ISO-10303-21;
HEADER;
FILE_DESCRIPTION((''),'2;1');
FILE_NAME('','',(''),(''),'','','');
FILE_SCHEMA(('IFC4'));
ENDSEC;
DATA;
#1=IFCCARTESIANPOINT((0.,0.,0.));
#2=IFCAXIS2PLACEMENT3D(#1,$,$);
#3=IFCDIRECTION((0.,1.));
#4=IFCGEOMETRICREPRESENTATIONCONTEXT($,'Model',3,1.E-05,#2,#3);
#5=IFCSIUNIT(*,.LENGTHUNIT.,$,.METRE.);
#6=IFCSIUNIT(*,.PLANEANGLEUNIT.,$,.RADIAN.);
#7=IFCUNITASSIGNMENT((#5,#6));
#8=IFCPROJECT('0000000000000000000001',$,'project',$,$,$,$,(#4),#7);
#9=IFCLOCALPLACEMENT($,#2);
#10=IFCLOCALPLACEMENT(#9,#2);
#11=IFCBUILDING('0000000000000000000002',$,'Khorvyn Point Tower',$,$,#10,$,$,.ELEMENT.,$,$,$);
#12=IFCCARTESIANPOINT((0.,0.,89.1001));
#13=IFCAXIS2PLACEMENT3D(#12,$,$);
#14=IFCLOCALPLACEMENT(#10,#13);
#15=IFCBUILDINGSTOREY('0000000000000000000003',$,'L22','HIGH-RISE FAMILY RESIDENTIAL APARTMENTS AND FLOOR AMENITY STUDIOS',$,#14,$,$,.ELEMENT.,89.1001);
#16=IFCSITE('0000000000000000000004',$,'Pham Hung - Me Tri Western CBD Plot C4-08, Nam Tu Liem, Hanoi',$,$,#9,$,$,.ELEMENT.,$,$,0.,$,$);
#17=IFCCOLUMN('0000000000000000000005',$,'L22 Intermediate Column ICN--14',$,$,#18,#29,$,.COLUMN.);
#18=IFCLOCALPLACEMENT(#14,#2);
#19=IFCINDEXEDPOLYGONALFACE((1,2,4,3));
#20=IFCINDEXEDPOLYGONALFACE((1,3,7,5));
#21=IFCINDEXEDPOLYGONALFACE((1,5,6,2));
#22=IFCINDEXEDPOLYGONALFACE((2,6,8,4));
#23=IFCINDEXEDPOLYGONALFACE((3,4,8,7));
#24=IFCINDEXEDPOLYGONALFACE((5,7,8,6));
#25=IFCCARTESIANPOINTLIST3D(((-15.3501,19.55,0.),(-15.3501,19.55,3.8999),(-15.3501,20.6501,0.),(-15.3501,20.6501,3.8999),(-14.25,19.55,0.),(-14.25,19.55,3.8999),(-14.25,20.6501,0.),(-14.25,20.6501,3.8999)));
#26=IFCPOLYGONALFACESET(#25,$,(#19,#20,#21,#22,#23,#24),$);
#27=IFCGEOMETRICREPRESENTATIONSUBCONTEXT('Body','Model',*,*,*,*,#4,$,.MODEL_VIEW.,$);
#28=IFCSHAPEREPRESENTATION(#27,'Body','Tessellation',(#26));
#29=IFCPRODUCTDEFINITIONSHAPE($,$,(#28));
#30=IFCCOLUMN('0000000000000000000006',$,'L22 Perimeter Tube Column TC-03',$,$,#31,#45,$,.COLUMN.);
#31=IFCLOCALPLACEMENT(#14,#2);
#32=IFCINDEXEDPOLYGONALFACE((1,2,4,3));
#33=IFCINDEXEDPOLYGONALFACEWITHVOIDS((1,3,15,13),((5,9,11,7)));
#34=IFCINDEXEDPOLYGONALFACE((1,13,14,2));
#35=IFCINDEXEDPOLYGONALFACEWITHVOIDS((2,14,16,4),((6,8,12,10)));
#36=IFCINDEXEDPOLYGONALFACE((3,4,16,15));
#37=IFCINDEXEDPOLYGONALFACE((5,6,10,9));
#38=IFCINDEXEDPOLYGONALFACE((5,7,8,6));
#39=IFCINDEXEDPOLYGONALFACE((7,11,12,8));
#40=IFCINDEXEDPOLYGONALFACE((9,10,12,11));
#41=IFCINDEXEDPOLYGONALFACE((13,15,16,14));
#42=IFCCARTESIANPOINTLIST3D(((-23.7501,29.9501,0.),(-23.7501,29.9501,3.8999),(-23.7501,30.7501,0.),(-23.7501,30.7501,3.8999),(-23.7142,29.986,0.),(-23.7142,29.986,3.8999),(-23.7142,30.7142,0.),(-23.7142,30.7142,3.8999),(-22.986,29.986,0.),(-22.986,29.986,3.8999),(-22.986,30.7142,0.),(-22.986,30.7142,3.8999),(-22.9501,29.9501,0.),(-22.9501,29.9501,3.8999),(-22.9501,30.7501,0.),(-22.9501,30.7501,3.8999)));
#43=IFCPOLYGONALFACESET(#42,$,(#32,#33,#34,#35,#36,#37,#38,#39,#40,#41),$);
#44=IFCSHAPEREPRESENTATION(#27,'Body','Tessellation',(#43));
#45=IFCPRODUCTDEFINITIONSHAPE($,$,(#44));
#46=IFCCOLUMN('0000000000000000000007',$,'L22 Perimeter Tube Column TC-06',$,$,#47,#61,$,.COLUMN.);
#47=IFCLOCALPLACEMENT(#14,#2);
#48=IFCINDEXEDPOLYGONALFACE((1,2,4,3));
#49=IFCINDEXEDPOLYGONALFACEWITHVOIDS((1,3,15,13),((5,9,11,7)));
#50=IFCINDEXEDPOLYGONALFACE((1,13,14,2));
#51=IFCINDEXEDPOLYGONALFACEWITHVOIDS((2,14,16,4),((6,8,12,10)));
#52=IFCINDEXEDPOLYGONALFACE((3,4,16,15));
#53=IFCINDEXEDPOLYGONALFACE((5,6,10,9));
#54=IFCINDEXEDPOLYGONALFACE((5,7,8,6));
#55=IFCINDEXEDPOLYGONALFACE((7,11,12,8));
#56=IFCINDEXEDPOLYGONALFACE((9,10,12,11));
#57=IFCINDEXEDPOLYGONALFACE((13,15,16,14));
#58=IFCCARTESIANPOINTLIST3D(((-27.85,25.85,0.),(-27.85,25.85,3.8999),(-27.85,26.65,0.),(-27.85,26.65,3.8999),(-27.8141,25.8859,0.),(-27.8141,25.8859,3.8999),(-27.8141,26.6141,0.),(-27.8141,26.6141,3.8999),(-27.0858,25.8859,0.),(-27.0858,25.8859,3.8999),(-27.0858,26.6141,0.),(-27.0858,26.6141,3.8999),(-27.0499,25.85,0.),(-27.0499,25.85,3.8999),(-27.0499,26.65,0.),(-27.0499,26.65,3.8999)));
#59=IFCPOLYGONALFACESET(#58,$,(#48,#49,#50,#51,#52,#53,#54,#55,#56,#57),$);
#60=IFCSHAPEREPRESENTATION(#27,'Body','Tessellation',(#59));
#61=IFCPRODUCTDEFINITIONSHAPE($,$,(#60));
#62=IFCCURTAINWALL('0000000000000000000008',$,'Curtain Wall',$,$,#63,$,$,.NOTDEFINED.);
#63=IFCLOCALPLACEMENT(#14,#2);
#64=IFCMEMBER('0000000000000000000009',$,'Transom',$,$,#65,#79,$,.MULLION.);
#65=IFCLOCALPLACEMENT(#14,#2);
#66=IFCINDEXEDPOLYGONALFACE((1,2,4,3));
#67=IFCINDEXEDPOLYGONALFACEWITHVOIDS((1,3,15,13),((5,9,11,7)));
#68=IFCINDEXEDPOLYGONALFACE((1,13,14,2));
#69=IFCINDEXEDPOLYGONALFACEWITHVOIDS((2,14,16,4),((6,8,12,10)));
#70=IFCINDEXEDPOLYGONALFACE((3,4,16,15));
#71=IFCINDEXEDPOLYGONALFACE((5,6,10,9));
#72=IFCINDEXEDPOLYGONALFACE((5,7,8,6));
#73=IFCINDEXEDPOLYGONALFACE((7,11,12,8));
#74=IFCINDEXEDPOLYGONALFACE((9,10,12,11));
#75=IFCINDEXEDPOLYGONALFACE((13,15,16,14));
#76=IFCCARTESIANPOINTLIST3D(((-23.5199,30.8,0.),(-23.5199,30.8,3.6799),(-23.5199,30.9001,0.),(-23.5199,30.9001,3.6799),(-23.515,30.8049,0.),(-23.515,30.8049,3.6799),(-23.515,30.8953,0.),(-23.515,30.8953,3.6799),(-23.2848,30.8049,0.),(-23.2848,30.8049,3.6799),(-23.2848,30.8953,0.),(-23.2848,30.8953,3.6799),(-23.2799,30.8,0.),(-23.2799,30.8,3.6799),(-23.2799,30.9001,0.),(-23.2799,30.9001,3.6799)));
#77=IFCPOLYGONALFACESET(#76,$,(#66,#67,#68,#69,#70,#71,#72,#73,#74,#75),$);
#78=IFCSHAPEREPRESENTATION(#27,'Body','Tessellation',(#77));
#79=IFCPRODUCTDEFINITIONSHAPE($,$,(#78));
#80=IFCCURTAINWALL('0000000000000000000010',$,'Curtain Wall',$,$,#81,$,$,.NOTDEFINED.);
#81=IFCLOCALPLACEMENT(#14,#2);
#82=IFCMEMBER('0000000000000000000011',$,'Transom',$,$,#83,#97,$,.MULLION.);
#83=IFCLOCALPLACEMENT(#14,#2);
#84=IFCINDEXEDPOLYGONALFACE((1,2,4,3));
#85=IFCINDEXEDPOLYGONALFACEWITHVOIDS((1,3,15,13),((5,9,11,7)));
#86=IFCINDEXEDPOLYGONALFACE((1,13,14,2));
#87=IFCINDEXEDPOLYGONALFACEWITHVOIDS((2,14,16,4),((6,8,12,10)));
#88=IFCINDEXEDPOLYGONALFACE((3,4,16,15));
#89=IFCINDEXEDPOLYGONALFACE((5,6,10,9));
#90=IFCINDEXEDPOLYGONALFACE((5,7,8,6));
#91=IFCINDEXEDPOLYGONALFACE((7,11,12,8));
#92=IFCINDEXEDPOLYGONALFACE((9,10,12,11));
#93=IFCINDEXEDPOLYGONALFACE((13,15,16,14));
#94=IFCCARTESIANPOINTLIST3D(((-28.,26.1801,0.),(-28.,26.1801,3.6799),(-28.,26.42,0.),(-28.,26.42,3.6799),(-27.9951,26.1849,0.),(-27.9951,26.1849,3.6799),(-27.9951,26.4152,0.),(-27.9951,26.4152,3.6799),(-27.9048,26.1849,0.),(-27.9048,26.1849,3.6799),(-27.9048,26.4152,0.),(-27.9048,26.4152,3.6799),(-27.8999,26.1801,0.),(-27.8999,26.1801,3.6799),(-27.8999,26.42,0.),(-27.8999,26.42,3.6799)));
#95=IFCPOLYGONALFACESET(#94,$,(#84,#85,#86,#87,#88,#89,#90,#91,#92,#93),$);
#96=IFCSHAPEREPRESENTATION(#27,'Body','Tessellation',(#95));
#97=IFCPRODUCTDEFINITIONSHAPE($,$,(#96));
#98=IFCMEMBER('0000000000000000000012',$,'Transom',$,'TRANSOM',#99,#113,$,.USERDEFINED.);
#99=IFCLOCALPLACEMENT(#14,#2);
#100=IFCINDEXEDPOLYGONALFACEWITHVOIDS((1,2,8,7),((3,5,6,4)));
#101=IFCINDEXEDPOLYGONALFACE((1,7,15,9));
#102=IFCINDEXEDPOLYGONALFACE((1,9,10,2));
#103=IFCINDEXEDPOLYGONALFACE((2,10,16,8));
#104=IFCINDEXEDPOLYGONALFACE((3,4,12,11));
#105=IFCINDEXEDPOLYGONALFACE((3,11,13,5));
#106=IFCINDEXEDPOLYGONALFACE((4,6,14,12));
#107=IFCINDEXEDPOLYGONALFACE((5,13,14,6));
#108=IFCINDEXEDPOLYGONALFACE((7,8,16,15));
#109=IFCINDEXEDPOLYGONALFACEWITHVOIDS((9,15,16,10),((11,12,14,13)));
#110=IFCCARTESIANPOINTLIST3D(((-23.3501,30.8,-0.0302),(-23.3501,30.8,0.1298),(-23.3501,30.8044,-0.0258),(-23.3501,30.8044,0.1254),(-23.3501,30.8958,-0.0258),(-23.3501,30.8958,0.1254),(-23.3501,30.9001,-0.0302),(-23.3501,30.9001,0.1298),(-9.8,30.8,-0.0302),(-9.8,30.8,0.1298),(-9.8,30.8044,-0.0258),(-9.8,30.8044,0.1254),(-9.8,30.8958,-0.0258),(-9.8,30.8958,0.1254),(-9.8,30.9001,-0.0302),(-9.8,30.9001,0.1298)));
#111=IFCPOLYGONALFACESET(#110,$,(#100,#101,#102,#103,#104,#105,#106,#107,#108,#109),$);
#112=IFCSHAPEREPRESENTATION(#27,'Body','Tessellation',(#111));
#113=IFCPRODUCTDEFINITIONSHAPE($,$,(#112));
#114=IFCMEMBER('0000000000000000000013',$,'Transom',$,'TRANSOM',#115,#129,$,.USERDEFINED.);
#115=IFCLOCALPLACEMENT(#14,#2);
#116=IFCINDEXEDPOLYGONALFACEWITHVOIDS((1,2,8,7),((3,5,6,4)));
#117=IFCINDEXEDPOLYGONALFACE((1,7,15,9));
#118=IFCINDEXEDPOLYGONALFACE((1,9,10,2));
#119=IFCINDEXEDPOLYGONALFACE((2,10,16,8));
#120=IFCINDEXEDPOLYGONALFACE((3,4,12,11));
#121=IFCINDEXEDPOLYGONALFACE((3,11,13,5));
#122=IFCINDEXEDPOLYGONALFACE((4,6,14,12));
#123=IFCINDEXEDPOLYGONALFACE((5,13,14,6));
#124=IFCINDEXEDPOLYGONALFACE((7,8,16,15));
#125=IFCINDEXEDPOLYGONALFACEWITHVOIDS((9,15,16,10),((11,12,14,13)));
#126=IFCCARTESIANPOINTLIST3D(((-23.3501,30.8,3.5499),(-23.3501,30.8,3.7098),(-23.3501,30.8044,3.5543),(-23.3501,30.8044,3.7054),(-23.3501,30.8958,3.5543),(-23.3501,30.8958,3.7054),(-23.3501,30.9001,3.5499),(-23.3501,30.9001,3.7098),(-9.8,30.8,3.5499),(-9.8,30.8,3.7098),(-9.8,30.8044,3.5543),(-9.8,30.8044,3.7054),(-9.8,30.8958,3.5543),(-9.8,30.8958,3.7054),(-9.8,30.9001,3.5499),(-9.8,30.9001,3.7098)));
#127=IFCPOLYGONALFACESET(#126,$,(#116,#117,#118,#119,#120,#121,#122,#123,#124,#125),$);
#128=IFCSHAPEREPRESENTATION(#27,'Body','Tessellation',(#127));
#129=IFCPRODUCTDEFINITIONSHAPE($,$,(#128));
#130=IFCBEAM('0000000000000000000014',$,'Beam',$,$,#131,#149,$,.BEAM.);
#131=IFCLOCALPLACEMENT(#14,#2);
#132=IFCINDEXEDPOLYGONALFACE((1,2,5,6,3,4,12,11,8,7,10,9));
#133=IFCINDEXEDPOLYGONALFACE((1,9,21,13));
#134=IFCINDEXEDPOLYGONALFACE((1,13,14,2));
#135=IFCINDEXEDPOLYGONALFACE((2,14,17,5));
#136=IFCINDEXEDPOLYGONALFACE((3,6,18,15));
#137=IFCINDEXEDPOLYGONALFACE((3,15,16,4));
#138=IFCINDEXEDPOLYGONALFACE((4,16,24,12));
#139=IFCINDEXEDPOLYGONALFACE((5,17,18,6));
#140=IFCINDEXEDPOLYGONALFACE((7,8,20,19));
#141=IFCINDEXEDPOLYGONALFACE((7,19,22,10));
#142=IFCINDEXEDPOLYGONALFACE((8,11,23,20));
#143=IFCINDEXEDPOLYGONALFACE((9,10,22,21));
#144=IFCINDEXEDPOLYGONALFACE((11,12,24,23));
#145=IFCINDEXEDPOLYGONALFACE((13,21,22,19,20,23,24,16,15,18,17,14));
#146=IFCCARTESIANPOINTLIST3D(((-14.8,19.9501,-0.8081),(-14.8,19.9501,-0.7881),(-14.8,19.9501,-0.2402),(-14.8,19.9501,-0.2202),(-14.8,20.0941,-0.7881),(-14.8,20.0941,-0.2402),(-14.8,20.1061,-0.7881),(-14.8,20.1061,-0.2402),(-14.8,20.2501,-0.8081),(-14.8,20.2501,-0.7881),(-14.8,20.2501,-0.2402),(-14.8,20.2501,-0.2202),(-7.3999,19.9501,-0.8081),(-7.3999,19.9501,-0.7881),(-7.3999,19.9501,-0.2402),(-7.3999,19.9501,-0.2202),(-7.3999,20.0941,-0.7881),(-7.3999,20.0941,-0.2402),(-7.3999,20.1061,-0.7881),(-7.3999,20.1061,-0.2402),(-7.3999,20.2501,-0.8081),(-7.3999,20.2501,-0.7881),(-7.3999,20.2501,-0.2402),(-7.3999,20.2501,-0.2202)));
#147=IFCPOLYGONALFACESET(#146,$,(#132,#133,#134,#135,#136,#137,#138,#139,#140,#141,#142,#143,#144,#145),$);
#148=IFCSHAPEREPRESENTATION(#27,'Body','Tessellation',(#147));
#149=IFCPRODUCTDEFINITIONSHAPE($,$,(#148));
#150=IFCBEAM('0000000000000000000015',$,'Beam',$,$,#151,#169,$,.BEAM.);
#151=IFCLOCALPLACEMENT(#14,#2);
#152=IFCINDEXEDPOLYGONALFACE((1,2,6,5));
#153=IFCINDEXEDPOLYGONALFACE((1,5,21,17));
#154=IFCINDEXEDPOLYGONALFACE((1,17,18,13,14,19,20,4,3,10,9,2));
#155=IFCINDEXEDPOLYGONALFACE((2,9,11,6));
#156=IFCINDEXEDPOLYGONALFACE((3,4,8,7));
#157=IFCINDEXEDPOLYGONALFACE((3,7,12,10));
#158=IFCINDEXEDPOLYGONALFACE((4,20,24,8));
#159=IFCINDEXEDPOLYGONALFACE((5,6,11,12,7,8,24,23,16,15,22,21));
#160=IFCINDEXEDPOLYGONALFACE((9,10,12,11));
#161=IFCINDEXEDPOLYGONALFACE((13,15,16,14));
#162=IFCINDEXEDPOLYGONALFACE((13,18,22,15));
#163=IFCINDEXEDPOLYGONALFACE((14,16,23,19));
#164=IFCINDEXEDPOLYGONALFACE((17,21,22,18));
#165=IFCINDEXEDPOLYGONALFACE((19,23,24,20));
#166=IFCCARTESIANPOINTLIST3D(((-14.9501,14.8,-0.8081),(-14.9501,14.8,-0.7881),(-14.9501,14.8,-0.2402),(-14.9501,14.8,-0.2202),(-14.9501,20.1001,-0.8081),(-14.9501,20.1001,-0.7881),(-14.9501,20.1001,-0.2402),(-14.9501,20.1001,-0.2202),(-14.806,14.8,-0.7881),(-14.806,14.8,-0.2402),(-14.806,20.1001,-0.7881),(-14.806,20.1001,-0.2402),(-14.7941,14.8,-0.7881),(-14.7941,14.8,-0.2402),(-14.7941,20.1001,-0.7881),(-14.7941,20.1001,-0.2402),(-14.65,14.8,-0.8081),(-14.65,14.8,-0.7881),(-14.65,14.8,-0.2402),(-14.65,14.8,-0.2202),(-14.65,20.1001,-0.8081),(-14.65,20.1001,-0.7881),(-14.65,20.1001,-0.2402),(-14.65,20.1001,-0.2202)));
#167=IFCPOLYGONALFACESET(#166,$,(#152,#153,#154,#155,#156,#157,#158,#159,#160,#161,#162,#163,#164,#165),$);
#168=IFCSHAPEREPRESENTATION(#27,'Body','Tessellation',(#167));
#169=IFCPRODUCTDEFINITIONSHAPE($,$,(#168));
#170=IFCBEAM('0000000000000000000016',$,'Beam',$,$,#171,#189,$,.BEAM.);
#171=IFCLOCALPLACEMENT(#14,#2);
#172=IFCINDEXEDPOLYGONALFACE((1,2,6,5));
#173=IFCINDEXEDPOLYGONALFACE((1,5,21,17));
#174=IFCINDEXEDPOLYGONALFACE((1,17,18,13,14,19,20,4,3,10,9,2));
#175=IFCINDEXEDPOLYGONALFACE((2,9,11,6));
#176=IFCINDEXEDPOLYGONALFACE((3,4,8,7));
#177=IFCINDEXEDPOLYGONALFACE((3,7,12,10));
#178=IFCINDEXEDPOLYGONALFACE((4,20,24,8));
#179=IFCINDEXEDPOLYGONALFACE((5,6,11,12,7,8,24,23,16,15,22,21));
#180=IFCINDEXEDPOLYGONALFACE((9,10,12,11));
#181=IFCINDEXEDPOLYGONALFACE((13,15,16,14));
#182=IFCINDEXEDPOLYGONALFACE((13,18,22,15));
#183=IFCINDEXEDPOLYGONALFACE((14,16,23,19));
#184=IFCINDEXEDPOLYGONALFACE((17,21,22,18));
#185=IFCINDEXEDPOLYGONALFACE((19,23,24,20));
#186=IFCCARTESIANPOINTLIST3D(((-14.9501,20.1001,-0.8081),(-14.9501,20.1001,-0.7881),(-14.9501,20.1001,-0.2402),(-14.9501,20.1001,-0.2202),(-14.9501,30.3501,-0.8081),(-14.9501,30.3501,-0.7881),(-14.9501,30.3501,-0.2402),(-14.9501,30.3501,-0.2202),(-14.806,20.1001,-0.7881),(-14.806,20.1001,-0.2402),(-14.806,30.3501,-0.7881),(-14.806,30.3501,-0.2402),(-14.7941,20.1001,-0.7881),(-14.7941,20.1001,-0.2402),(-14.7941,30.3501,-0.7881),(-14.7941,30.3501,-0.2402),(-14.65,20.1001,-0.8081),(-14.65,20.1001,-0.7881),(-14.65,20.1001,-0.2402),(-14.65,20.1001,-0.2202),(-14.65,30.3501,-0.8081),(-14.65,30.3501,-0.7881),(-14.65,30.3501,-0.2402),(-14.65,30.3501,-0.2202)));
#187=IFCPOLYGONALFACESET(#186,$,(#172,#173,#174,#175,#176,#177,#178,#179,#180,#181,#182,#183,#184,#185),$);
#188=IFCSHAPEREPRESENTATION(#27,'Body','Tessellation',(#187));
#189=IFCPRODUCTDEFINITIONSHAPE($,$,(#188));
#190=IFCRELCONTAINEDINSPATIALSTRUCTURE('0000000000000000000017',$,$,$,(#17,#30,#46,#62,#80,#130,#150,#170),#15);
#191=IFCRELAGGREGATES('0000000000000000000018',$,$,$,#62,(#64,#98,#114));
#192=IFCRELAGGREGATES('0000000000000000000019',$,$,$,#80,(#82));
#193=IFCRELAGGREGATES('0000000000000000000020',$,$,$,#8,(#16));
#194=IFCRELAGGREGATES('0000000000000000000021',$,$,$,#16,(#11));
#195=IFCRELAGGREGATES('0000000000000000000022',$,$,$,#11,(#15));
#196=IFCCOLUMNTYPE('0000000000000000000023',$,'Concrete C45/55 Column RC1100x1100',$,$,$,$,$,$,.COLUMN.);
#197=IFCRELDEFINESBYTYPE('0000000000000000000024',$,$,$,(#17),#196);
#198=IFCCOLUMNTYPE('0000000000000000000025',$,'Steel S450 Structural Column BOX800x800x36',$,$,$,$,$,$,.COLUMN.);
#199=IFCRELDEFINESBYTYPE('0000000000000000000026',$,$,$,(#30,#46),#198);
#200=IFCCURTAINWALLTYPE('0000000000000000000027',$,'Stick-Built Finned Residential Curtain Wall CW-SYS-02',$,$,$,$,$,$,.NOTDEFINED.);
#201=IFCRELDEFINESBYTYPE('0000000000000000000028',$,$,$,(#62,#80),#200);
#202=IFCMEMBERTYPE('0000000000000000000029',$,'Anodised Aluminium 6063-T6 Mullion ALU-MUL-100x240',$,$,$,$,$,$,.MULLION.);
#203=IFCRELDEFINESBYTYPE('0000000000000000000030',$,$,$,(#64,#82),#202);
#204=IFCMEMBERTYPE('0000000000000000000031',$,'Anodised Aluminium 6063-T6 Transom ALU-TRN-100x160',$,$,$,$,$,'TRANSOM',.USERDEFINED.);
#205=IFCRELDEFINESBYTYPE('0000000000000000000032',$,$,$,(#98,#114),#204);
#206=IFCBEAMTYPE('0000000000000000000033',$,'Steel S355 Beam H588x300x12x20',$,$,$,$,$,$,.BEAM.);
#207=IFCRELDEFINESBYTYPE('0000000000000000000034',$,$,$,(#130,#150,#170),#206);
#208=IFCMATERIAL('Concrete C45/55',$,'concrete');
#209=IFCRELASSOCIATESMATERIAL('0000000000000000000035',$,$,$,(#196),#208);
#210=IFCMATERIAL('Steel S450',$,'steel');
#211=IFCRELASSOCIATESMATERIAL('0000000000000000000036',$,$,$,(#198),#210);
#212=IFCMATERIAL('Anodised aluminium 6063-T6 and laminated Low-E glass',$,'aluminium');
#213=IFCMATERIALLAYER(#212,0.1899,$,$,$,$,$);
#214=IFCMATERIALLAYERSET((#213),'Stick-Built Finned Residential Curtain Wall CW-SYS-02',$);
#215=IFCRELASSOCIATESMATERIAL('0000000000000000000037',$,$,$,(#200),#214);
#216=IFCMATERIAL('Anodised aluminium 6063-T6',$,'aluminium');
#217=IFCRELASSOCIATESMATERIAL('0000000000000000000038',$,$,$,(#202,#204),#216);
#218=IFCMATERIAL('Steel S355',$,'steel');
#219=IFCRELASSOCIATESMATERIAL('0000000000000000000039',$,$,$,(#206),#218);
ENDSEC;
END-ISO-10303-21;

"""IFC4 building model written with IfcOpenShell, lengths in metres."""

from ifc_helpers import new_model, si_unit, direction, frame, origin, origin_2d, place, context, subcontext, project, spatial, rectangle, hollow_rectangle, i_section, extrude, material, layer, layer_set, material_profile, profile_set, type_object, element, aggregate, save


model = new_model("IFC4")

# Units and contexts
model_context = context("Model", 3, precision=1e-05, world=origin(), true_north=direction((0.0, 1.0)))
body_context = subcontext(model_context, "Body", "Model", "MODEL_VIEW")
ifc_project = project(units=[si_unit("LENGTHUNIT", "METRE"), si_unit("PLANEANGLEUNIT", "RADIAN")], contexts=[model_context])

# Site, building, storey
site_placement = place(None, origin())
site = spatial("IfcSite", under=ifc_project, at=site_placement, Name="Pham Hung - Me Tri Western CBD Plot C4-08, Nam Tu Liem, Hanoi", CompositionType="ELEMENT", RefElevation=0.0)
building_placement = place(site_placement, origin())
building = spatial("IfcBuilding", under=site, at=building_placement, Name="Khorvyn Point Tower", CompositionType="ELEMENT")
storey_placement = place(building_placement, frame((0.0, 0.0, 89.1001)))
storey = spatial("IfcBuildingStorey", under=building, at=storey_placement, Name="L22", Description="HIGH-RISE FAMILY RESIDENTIAL APARTMENTS AND FLOOR AMENITY STUDIOS", CompositionType="ELEMENT", Elevation=89.1001)

# Columns
ifc_material_1 = material(Name="Concrete C45/55", Category="concrete")
ifc_material_profile_1 = material_profile(ifc_material_1, rectangle(XDim=1.1001, YDim=1.1001, at=origin_2d()))
ifc_profile_set_1 = profile_set([ifc_material_profile_1], Name="Concrete C45/55 RC1100x1100")
column_type_1 = type_object("IfcColumnType", Name="Concrete C45/55 Column RC1100x1100", PredefinedType="COLUMN", material=ifc_profile_set_1)
column_placement = place(storey_placement, frame((-14.8, 20.1001, 0.0), z_axis=(0.0, 0.0, 1.0), x_axis=(1.0, 0.0, 0.0)))
element("IfcColumn", 1, at=column_placement, inside=storey, type_object=column_type_1, Name="L22 Intermediate Column ICN--14", PredefinedType="COLUMN", context=body_context, shape_type="SweptSolid", body=[
    extrude(rectangle(XDim=1.1001, YDim=1.1001, at=origin_2d()), origin(), (0.0, 0.0, 1.0), 3.8999),
])
ifc_material_2 = material(Name="Steel S450", Category="steel")
ifc_material_profile_2 = material_profile(ifc_material_2, hollow_rectangle(XDim=0.8, YDim=0.8, WallThickness=0.0359, at=origin_2d()))
ifc_profile_set_2 = profile_set([ifc_material_profile_2], Name="Steel S450 BOX800x800x36")
column_type_2 = type_object("IfcColumnType", Name="Steel S450 Structural Column BOX800x800x36", PredefinedType="COLUMN", material=ifc_profile_set_2)
for number, where, z_axis, x_axis, name in (
    (2, (-23.3501, 30.3501, 0.0), (0.0, 0.0, 1.0), (1.0, 0.0, 0.0), "L22 Perimeter Tube Column TC-03"),
    (3, (-27.45, 26.25, 0.0), (0.0, 0.0, 1.0), (1.0, 0.0, 0.0), "L22 Perimeter Tube Column TC-06"),
):
    element("IfcColumn", number, at=place(storey_placement, frame(where, z_axis=z_axis, x_axis=x_axis)), inside=storey, type_object=column_type_2, Name=name, PredefinedType="COLUMN", context=body_context, shape_type="SweptSolid", body=[
        extrude(hollow_rectangle(XDim=0.8, YDim=0.8, WallThickness=0.0359, at=origin_2d()), origin(), (0.0, 0.0, 1.0), 3.8999),
    ])

# Curtain walls, members
ifc_material_3 = material(Name="Anodised aluminium 6063-T6 and laminated Low-E glass", Category="aluminium")
ifc_layer_1 = layer(ifc_material_3, 0.1899)
ifc_layer_set_1 = layer_set([ifc_layer_1], Name="Stick-Built Finned Residential Curtain Wall CW-SYS-02")
curtain_wall_type = type_object("IfcCurtainWallType", Name="Stick-Built Finned Residential Curtain Wall CW-SYS-02", PredefinedType="NOTDEFINED", material=ifc_layer_set_1)
curtain_wall_1_placement = place(storey_placement, origin())
curtain_wall_1 = element("IfcCurtainWall", 4, at=curtain_wall_1_placement, inside=storey, type_object=curtain_wall_type, Name="Curtain Wall", PredefinedType="NOTDEFINED")
ifc_material_4 = material(Name="Anodised aluminium 6063-T6", Category="aluminium")
ifc_material_profile_3 = material_profile(ifc_material_4, hollow_rectangle(XDim=0.1001, YDim=0.24, WallThickness=0.0049, at=origin_2d()))
ifc_profile_set_3 = profile_set([ifc_material_profile_3], Name="Anodised aluminium 6063-T6 ALU-MUL-100x240")
member_type_1 = type_object("IfcMemberType", Name="Anodised Aluminium 6063-T6 Mullion ALU-MUL-100x240", PredefinedType="MULLION", material=ifc_profile_set_3)
member_1_placement = place(storey_placement, frame((-23.3999, 30.8501, 0.0), z_axis=(0.0, 0.0, 1.0), x_axis=(0.0, 1.0, 0.0)))
member_1 = element("IfcMember", 5, at=member_1_placement, type_object=member_type_1, Name="Transom", PredefinedType="MULLION", context=body_context, shape_type="SweptSolid", body=[
    extrude(hollow_rectangle(XDim=0.1001, YDim=0.24, WallThickness=0.0049, at=origin_2d()), origin(), (0.0, 0.0, 1.0), 3.6799),
])
curtain_wall_2_placement = place(storey_placement, origin())
curtain_wall_2 = element("IfcCurtainWall", 6, at=curtain_wall_2_placement, inside=storey, type_object=curtain_wall_type, Name="Curtain Wall", PredefinedType="NOTDEFINED")
member_2_placement = place(storey_placement, frame((-27.95, 26.3, 0.0), z_axis=(0.0, 0.0, 1.0), x_axis=(-1.0, 0.0, 0.0)))
member_2 = element("IfcMember", 7, at=member_2_placement, type_object=member_type_1, Name="Transom", PredefinedType="MULLION", context=body_context, shape_type="SweptSolid", body=[
    extrude(hollow_rectangle(XDim=0.1001, YDim=0.24, WallThickness=0.0049, at=origin_2d()), origin(), (0.0, 0.0, 1.0), 3.6799),
])

# Members
ifc_material_profile_4 = material_profile(ifc_material_4, hollow_rectangle(XDim=0.1001, YDim=0.1599, WallThickness=0.0044, at=origin_2d()))
ifc_profile_set_4 = profile_set([ifc_material_profile_4], Name="Anodised aluminium 6063-T6 ALU-TRN-100x160")
member_type_2 = type_object("IfcMemberType", Name="Anodised Aluminium 6063-T6 Transom ALU-TRN-100x160", ElementType="TRANSOM", PredefinedType="USERDEFINED", material=ifc_profile_set_4)
member_3_placement = place(storey_placement, frame((-23.3501, 30.8501, 0.0498), z_axis=(1.0, 0.0, 0.0), x_axis=(0.0, 1.0, 0.0)))
member_3 = element("IfcMember", 8, at=member_3_placement, type_object=member_type_2, Name="Transom", ObjectType="TRANSOM", PredefinedType="USERDEFINED", context=body_context, shape_type="SweptSolid", body=[
    extrude(hollow_rectangle(XDim=0.1001, YDim=0.1599, WallThickness=0.0044, at=origin_2d()), origin(), (0.0, 0.0, 1.0), 13.55),
])
member_4_placement = place(storey_placement, frame((-23.3501, 30.8501, 3.6299), z_axis=(1.0, 0.0, 0.0), x_axis=(0.0, 1.0, 0.0)))
member_4 = element("IfcMember", 9, at=member_4_placement, type_object=member_type_2, Name="Transom", ObjectType="TRANSOM", PredefinedType="USERDEFINED", context=body_context, shape_type="SweptSolid", body=[
    extrude(hollow_rectangle(XDim=0.1001, YDim=0.1599, WallThickness=0.0044, at=origin_2d()), origin(), (0.0, 0.0, 1.0), 13.55),
])

# Beams
ifc_material_5 = material(Name="Steel S355", Category="steel")
ifc_material_profile_5 = material_profile(ifc_material_5, i_section(OverallWidth=0.3, OverallDepth=0.5879, WebThickness=0.012, FlangeThickness=0.02, at=origin_2d()))
ifc_profile_set_5 = profile_set([ifc_material_profile_5], Name="Steel S355 H588x300x12x20")
beam_type_1 = type_object("IfcBeamType", Name="Steel S355 Beam H588x300x12x20", PredefinedType="BEAM", material=ifc_profile_set_5)
beam_1_placement = place(storey_placement, frame((-14.8, 20.1001, -0.5142), z_axis=(1.0, 0.0, 0.0), x_axis=(0.0, 1.0, 0.0)))
element("IfcBeam", 10, at=beam_1_placement, inside=storey, type_object=beam_type_1, Name="Beam", PredefinedType="BEAM", context=body_context, shape_type="SweptSolid", body=[
    extrude(i_section(OverallWidth=0.3, OverallDepth=0.5879, WebThickness=0.012, FlangeThickness=0.02, at=origin_2d()), origin(), (0.0, 0.0, 1.0), 7.4001),
])
beam_2_placement = place(storey_placement, frame((-14.8, 14.8, -0.5142), z_axis=(0.0, 1.0, 0.0), x_axis=(-1.0, 0.0, 0.0)))
element("IfcBeam", 11, at=beam_2_placement, inside=storey, type_object=beam_type_1, Name="Beam", PredefinedType="BEAM", context=body_context, shape_type="SweptSolid", body=[
    extrude(i_section(OverallWidth=0.3, OverallDepth=0.5879, WebThickness=0.012, FlangeThickness=0.02, at=origin_2d()), origin(), (0.0, 0.0, 1.0), 5.3),
])
beam_3_placement = place(storey_placement, frame((-14.8, 20.1001, -0.5142), z_axis=(0.0, 1.0, 0.0), x_axis=(-1.0, 0.0, 0.0)))
element("IfcBeam", 12, at=beam_3_placement, inside=storey, type_object=beam_type_1, Name="Beam", PredefinedType="BEAM", context=body_context, shape_type="SweptSolid", body=[
    extrude(i_section(OverallWidth=0.3, OverallDepth=0.5879, WebThickness=0.012, FlangeThickness=0.02, at=origin_2d()), origin(), (0.0, 0.0, 1.0), 10.25),
])

aggregate(curtain_wall_1, [member_1, member_3, member_4])
aggregate(curtain_wall_2, [member_2])

save(model, "model.ifc")
